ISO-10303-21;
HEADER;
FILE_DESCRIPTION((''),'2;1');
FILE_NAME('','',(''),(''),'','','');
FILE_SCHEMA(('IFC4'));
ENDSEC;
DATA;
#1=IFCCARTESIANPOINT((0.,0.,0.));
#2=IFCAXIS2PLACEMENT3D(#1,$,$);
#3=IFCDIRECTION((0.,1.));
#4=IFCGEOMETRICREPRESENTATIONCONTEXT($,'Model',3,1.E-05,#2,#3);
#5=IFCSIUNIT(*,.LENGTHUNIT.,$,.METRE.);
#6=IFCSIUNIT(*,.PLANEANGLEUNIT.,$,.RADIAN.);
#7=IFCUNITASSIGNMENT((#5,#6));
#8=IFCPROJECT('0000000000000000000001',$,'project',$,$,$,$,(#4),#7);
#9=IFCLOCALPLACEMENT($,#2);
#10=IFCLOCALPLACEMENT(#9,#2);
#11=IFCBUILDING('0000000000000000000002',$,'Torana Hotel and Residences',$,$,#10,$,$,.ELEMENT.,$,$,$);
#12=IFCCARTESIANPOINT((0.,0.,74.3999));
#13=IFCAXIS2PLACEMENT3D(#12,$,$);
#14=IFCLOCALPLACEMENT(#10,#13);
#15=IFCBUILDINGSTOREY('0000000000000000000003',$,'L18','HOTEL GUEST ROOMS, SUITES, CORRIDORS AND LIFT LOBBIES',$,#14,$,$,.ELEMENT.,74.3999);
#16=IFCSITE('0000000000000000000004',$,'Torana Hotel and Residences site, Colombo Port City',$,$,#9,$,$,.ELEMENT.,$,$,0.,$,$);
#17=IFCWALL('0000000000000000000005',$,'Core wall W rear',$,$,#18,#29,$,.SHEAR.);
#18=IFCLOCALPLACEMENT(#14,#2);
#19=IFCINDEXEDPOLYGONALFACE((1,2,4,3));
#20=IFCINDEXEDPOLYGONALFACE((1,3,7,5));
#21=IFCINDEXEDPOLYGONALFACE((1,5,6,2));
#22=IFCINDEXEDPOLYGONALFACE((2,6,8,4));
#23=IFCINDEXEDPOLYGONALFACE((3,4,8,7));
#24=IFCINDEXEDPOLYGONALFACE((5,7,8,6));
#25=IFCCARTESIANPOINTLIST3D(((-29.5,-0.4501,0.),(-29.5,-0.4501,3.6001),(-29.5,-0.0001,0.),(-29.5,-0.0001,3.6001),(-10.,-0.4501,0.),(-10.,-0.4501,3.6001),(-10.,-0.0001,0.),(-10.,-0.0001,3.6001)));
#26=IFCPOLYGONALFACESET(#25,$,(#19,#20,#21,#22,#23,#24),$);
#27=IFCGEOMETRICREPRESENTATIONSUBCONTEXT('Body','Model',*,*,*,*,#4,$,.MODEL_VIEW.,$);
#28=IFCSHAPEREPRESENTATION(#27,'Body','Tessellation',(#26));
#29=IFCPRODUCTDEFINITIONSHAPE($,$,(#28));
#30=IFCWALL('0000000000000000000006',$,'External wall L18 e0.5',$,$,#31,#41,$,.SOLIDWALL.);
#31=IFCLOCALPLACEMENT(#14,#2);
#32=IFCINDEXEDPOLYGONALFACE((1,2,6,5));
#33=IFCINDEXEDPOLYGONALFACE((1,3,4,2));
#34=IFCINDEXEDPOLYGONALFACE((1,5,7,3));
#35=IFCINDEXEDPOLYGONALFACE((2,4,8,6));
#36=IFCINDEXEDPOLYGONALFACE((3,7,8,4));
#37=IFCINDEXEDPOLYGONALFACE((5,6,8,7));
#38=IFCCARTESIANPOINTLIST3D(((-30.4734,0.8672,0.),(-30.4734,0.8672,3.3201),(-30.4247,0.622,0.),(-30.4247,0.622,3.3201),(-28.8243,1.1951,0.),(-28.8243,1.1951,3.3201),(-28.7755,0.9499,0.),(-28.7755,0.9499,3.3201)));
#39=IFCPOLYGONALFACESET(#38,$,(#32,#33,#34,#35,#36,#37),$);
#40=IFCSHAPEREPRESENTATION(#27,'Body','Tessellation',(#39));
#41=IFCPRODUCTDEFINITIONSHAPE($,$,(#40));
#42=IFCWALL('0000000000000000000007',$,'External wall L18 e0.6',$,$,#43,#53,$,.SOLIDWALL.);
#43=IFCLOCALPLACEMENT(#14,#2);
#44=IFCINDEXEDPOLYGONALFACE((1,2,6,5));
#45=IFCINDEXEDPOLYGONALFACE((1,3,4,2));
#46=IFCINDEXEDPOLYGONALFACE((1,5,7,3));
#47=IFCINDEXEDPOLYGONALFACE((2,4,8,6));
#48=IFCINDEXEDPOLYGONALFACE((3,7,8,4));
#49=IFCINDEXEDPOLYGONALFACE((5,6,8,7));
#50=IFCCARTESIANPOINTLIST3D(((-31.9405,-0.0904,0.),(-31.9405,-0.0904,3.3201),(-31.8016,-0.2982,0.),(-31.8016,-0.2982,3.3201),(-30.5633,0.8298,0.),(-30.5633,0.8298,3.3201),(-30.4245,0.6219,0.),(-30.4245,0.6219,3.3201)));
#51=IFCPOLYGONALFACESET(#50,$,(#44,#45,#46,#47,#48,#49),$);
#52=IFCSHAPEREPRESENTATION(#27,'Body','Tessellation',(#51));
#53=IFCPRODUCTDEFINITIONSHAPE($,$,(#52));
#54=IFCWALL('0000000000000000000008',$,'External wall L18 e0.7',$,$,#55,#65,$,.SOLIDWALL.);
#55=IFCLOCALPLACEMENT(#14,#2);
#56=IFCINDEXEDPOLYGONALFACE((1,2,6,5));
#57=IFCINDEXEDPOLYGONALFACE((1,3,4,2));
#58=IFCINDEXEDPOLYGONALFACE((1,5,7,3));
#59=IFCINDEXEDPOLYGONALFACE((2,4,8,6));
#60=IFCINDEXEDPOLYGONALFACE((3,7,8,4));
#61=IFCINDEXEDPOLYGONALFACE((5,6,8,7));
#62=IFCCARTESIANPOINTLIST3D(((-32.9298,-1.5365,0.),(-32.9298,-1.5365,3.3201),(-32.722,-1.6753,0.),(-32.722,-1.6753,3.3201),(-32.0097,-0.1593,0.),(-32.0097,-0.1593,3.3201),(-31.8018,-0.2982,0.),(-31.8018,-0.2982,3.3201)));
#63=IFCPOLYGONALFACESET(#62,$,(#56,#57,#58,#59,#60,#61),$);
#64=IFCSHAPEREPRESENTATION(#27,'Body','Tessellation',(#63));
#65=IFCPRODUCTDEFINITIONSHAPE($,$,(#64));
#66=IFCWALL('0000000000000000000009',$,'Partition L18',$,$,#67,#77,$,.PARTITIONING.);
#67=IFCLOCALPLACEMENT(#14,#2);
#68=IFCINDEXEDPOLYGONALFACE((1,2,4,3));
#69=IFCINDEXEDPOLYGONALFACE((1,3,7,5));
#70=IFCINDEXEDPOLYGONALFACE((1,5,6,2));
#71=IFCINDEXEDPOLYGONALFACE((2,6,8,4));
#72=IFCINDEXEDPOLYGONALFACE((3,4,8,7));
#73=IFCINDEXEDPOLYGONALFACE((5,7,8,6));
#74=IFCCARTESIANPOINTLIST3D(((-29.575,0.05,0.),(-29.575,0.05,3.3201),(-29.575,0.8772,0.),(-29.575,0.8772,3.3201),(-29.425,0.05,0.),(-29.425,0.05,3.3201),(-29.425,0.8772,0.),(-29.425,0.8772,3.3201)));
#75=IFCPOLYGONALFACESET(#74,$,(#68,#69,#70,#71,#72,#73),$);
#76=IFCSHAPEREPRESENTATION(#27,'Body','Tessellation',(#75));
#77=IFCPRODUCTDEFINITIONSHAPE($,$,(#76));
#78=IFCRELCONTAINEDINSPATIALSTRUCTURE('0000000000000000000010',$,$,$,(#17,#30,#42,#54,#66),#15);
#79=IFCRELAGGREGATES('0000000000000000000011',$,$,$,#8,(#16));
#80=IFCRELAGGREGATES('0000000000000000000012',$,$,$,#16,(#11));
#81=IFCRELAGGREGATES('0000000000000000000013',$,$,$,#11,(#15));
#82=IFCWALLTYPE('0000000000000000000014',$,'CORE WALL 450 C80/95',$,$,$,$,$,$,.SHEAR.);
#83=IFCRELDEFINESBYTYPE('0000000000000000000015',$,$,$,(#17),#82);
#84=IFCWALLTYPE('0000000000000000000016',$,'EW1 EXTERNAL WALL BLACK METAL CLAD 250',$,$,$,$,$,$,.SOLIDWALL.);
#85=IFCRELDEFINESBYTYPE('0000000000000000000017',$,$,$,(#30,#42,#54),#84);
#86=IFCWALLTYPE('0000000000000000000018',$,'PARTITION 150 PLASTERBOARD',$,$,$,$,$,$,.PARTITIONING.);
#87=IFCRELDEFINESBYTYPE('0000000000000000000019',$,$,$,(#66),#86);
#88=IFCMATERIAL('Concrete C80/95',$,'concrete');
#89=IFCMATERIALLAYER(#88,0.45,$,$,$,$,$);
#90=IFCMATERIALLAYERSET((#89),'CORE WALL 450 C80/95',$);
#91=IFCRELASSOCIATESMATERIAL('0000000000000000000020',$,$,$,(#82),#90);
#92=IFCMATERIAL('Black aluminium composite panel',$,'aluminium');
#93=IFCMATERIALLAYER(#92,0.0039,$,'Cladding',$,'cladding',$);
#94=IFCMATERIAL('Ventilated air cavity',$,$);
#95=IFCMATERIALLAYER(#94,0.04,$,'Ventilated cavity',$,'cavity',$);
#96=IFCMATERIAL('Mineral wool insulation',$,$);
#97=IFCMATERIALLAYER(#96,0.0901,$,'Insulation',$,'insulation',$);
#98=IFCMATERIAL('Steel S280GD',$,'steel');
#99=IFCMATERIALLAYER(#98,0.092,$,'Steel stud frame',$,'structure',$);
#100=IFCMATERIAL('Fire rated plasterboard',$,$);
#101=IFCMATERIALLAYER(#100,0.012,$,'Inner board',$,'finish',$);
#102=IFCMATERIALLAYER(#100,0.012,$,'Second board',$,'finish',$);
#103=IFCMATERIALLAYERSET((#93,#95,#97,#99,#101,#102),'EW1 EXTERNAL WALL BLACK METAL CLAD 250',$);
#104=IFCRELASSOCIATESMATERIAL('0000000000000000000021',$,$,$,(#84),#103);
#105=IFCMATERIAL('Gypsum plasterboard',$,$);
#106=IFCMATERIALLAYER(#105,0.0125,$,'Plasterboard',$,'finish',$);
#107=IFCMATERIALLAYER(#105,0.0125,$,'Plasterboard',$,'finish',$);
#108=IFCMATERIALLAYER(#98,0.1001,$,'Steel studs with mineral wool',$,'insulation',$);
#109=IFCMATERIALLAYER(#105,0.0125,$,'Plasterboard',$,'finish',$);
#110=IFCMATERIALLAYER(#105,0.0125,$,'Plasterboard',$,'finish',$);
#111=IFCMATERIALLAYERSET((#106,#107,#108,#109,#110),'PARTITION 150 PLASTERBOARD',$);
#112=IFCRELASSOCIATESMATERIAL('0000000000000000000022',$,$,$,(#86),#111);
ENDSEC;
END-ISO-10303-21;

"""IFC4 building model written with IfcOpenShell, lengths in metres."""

from ifc_helpers import new_model, si_unit, direction, frame, frame_2d, origin, place, context, subcontext, project, spatial, rectangle, extrude, material, layer, layer_set, type_object, element, save


model = new_model("IFC4")

# Units and contexts
model_context = context("Model", 3, precision=1e-05, world=origin(), true_north=direction((0.0, 1.0)))
body_context = subcontext(model_context, "Body", "Model", "MODEL_VIEW")
ifc_project = project(units=[si_unit("LENGTHUNIT", "METRE"), si_unit("PLANEANGLEUNIT", "RADIAN")], contexts=[model_context])

# Site, building, storey
site_placement = place(None, origin())
site = spatial("IfcSite", under=ifc_project, at=site_placement, Name="Torana Hotel and Residences site, Colombo Port City", CompositionType="ELEMENT", RefElevation=0.0)
building_placement = place(site_placement, origin())
building = spatial("IfcBuilding", under=site, at=building_placement, Name="Torana Hotel and Residences", CompositionType="ELEMENT")
storey_placement = place(building_placement, frame((0.0, 0.0, 74.3999)))
storey = spatial("IfcBuildingStorey", under=building, at=storey_placement, Name="L18", Description="HOTEL GUEST ROOMS, SUITES, CORRIDORS AND LIFT LOBBIES", CompositionType="ELEMENT", Elevation=74.3999)

# Walls
ifc_material_1 = material(Name="Concrete C80/95", Category="concrete")
ifc_layer_1 = layer(ifc_material_1, 0.45)
ifc_layer_set_1 = layer_set([ifc_layer_1], Name="CORE WALL 450 C80/95")
wall_type_1 = type_object("IfcWallType", Name="CORE WALL 450 C80/95", PredefinedType="SHEAR", material=ifc_layer_set_1)
wall_1_placement = place(storey_placement, frame((-29.5, -0.2251, 0.0), z_axis=(0.0, 0.0, 1.0), x_axis=(1.0, 0.0, 0.0)))
element("IfcWall", 1, at=wall_1_placement, inside=storey, type_object=wall_type_1, Name="Core wall W rear", PredefinedType="SHEAR", context=body_context, shape_type="SweptSolid", body=[
    extrude(rectangle(XDim=19.5, YDim=0.45, at=frame_2d((9.75, 0.0))), origin(), (0.0, 0.0, 1.0), 3.6001),
])
ifc_material_2 = material(Name="Black aluminium composite panel", Category="aluminium")
ifc_layer_2 = layer(ifc_material_2, 0.0039, Name="Cladding", Category="cladding")
ifc_material_3 = material(Name="Ventilated air cavity")
ifc_layer_3 = layer(ifc_material_3, 0.04, Name="Ventilated cavity", Category="cavity")
ifc_material_4 = material(Name="Mineral wool insulation")
ifc_layer_4 = layer(ifc_material_4, 0.0901, Name="Insulation", Category="insulation")
ifc_material_5 = material(Name="Steel S280GD", Category="steel")
ifc_layer_5 = layer(ifc_material_5, 0.092, Name="Steel stud frame", Category="structure")
ifc_material_6 = material(Name="Fire rated plasterboard")
ifc_layer_6 = layer(ifc_material_6, 0.012, Name="Inner board", Category="finish")
ifc_layer_7 = layer(ifc_material_6, 0.012, Name="Second board", Category="finish")
ifc_layer_set_2 = layer_set([ifc_layer_2, ifc_layer_3, ifc_layer_4, ifc_layer_5, ifc_layer_6, ifc_layer_7], Name="EW1 EXTERNAL WALL BLACK METAL CLAD 250")
wall_type_2 = type_object("IfcWallType", Name="EW1 EXTERNAL WALL BLACK METAL CLAD 250", PredefinedType="SOLIDWALL", material=ifc_layer_set_2)
wall_2_placement = place(storey_placement, frame((-28.7998, 1.0725, 0.0), z_axis=(0.0, 0.0, 1.0), x_axis=(-0.980803, -0.194999, 0.0)))
element("IfcWall", 2, at=wall_2_placement, inside=storey, type_object=wall_type_2, Name="External wall L18 e0.5", PredefinedType="SOLIDWALL", context=body_context, shape_type="SweptSolid", body=[
    extrude(rectangle(XDim=1.6814, YDim=0.25, at=frame_2d((0.8408, 0.0))), origin(), (0.0, 0.0, 1.0), 3.3201),
])
for number, where, z_axis, x_axis, name in (
    (3, (-30.4939, 0.7258, 0.0), (0.0, 0.0, 1.0), (-0.831483, -0.55555, 0.0), "External wall L18 e0.6"),
    (4, (-31.9058, -0.2288, 0.0), (0.0, 0.0, 1.0), (-0.55555, -0.831483, 0.0), "External wall L18 e0.7"),
):
    element("IfcWall", number, at=place(storey_placement, frame(where, z_axis=z_axis, x_axis=x_axis)), inside=storey, type_object=wall_type_2, Name=name, PredefinedType="SOLIDWALL", context=body_context, shape_type="SweptSolid", body=[
        extrude(rectangle(XDim=1.6562, YDim=0.25, at=frame_2d((0.8281, 0.0))), origin(), (0.0, 0.0, 1.0), 3.3201),
    ])
ifc_material_7 = material(Name="Gypsum plasterboard")
ifc_layer_8 = layer(ifc_material_7, 0.0125, Name="Plasterboard", Category="finish")
ifc_layer_9 = layer(ifc_material_7, 0.0125, Name="Plasterboard", Category="finish")
ifc_layer_10 = layer(ifc_material_5, 0.1001, Name="Steel studs with mineral wool", Category="insulation")
ifc_layer_11 = layer(ifc_material_7, 0.0125, Name="Plasterboard", Category="finish")
ifc_layer_12 = layer(ifc_material_7, 0.0125, Name="Plasterboard", Category="finish")
ifc_layer_set_3 = layer_set([ifc_layer_8, ifc_layer_9, ifc_layer_10, ifc_layer_11, ifc_layer_12], Name="PARTITION 150 PLASTERBOARD")
wall_type_3 = type_object("IfcWallType", Name="PARTITION 150 PLASTERBOARD", PredefinedType="PARTITIONING", material=ifc_layer_set_3)
wall_3_placement = place(storey_placement, frame((-29.5, 0.05, 0.0), z_axis=(0.0, 0.0, 1.0), x_axis=(0.0, 1.0, 0.0)))
element("IfcWall", 5, at=wall_3_placement, inside=storey, type_object=wall_type_3, Name="Partition L18", PredefinedType="PARTITIONING", context=body_context, shape_type="SweptSolid", body=[
    extrude(rectangle(XDim=0.8271, YDim=0.1499, at=frame_2d((0.4136, 0.0))), origin(), (0.0, 0.0, 1.0), 3.3201),
])

save(model, "model.ifc")
